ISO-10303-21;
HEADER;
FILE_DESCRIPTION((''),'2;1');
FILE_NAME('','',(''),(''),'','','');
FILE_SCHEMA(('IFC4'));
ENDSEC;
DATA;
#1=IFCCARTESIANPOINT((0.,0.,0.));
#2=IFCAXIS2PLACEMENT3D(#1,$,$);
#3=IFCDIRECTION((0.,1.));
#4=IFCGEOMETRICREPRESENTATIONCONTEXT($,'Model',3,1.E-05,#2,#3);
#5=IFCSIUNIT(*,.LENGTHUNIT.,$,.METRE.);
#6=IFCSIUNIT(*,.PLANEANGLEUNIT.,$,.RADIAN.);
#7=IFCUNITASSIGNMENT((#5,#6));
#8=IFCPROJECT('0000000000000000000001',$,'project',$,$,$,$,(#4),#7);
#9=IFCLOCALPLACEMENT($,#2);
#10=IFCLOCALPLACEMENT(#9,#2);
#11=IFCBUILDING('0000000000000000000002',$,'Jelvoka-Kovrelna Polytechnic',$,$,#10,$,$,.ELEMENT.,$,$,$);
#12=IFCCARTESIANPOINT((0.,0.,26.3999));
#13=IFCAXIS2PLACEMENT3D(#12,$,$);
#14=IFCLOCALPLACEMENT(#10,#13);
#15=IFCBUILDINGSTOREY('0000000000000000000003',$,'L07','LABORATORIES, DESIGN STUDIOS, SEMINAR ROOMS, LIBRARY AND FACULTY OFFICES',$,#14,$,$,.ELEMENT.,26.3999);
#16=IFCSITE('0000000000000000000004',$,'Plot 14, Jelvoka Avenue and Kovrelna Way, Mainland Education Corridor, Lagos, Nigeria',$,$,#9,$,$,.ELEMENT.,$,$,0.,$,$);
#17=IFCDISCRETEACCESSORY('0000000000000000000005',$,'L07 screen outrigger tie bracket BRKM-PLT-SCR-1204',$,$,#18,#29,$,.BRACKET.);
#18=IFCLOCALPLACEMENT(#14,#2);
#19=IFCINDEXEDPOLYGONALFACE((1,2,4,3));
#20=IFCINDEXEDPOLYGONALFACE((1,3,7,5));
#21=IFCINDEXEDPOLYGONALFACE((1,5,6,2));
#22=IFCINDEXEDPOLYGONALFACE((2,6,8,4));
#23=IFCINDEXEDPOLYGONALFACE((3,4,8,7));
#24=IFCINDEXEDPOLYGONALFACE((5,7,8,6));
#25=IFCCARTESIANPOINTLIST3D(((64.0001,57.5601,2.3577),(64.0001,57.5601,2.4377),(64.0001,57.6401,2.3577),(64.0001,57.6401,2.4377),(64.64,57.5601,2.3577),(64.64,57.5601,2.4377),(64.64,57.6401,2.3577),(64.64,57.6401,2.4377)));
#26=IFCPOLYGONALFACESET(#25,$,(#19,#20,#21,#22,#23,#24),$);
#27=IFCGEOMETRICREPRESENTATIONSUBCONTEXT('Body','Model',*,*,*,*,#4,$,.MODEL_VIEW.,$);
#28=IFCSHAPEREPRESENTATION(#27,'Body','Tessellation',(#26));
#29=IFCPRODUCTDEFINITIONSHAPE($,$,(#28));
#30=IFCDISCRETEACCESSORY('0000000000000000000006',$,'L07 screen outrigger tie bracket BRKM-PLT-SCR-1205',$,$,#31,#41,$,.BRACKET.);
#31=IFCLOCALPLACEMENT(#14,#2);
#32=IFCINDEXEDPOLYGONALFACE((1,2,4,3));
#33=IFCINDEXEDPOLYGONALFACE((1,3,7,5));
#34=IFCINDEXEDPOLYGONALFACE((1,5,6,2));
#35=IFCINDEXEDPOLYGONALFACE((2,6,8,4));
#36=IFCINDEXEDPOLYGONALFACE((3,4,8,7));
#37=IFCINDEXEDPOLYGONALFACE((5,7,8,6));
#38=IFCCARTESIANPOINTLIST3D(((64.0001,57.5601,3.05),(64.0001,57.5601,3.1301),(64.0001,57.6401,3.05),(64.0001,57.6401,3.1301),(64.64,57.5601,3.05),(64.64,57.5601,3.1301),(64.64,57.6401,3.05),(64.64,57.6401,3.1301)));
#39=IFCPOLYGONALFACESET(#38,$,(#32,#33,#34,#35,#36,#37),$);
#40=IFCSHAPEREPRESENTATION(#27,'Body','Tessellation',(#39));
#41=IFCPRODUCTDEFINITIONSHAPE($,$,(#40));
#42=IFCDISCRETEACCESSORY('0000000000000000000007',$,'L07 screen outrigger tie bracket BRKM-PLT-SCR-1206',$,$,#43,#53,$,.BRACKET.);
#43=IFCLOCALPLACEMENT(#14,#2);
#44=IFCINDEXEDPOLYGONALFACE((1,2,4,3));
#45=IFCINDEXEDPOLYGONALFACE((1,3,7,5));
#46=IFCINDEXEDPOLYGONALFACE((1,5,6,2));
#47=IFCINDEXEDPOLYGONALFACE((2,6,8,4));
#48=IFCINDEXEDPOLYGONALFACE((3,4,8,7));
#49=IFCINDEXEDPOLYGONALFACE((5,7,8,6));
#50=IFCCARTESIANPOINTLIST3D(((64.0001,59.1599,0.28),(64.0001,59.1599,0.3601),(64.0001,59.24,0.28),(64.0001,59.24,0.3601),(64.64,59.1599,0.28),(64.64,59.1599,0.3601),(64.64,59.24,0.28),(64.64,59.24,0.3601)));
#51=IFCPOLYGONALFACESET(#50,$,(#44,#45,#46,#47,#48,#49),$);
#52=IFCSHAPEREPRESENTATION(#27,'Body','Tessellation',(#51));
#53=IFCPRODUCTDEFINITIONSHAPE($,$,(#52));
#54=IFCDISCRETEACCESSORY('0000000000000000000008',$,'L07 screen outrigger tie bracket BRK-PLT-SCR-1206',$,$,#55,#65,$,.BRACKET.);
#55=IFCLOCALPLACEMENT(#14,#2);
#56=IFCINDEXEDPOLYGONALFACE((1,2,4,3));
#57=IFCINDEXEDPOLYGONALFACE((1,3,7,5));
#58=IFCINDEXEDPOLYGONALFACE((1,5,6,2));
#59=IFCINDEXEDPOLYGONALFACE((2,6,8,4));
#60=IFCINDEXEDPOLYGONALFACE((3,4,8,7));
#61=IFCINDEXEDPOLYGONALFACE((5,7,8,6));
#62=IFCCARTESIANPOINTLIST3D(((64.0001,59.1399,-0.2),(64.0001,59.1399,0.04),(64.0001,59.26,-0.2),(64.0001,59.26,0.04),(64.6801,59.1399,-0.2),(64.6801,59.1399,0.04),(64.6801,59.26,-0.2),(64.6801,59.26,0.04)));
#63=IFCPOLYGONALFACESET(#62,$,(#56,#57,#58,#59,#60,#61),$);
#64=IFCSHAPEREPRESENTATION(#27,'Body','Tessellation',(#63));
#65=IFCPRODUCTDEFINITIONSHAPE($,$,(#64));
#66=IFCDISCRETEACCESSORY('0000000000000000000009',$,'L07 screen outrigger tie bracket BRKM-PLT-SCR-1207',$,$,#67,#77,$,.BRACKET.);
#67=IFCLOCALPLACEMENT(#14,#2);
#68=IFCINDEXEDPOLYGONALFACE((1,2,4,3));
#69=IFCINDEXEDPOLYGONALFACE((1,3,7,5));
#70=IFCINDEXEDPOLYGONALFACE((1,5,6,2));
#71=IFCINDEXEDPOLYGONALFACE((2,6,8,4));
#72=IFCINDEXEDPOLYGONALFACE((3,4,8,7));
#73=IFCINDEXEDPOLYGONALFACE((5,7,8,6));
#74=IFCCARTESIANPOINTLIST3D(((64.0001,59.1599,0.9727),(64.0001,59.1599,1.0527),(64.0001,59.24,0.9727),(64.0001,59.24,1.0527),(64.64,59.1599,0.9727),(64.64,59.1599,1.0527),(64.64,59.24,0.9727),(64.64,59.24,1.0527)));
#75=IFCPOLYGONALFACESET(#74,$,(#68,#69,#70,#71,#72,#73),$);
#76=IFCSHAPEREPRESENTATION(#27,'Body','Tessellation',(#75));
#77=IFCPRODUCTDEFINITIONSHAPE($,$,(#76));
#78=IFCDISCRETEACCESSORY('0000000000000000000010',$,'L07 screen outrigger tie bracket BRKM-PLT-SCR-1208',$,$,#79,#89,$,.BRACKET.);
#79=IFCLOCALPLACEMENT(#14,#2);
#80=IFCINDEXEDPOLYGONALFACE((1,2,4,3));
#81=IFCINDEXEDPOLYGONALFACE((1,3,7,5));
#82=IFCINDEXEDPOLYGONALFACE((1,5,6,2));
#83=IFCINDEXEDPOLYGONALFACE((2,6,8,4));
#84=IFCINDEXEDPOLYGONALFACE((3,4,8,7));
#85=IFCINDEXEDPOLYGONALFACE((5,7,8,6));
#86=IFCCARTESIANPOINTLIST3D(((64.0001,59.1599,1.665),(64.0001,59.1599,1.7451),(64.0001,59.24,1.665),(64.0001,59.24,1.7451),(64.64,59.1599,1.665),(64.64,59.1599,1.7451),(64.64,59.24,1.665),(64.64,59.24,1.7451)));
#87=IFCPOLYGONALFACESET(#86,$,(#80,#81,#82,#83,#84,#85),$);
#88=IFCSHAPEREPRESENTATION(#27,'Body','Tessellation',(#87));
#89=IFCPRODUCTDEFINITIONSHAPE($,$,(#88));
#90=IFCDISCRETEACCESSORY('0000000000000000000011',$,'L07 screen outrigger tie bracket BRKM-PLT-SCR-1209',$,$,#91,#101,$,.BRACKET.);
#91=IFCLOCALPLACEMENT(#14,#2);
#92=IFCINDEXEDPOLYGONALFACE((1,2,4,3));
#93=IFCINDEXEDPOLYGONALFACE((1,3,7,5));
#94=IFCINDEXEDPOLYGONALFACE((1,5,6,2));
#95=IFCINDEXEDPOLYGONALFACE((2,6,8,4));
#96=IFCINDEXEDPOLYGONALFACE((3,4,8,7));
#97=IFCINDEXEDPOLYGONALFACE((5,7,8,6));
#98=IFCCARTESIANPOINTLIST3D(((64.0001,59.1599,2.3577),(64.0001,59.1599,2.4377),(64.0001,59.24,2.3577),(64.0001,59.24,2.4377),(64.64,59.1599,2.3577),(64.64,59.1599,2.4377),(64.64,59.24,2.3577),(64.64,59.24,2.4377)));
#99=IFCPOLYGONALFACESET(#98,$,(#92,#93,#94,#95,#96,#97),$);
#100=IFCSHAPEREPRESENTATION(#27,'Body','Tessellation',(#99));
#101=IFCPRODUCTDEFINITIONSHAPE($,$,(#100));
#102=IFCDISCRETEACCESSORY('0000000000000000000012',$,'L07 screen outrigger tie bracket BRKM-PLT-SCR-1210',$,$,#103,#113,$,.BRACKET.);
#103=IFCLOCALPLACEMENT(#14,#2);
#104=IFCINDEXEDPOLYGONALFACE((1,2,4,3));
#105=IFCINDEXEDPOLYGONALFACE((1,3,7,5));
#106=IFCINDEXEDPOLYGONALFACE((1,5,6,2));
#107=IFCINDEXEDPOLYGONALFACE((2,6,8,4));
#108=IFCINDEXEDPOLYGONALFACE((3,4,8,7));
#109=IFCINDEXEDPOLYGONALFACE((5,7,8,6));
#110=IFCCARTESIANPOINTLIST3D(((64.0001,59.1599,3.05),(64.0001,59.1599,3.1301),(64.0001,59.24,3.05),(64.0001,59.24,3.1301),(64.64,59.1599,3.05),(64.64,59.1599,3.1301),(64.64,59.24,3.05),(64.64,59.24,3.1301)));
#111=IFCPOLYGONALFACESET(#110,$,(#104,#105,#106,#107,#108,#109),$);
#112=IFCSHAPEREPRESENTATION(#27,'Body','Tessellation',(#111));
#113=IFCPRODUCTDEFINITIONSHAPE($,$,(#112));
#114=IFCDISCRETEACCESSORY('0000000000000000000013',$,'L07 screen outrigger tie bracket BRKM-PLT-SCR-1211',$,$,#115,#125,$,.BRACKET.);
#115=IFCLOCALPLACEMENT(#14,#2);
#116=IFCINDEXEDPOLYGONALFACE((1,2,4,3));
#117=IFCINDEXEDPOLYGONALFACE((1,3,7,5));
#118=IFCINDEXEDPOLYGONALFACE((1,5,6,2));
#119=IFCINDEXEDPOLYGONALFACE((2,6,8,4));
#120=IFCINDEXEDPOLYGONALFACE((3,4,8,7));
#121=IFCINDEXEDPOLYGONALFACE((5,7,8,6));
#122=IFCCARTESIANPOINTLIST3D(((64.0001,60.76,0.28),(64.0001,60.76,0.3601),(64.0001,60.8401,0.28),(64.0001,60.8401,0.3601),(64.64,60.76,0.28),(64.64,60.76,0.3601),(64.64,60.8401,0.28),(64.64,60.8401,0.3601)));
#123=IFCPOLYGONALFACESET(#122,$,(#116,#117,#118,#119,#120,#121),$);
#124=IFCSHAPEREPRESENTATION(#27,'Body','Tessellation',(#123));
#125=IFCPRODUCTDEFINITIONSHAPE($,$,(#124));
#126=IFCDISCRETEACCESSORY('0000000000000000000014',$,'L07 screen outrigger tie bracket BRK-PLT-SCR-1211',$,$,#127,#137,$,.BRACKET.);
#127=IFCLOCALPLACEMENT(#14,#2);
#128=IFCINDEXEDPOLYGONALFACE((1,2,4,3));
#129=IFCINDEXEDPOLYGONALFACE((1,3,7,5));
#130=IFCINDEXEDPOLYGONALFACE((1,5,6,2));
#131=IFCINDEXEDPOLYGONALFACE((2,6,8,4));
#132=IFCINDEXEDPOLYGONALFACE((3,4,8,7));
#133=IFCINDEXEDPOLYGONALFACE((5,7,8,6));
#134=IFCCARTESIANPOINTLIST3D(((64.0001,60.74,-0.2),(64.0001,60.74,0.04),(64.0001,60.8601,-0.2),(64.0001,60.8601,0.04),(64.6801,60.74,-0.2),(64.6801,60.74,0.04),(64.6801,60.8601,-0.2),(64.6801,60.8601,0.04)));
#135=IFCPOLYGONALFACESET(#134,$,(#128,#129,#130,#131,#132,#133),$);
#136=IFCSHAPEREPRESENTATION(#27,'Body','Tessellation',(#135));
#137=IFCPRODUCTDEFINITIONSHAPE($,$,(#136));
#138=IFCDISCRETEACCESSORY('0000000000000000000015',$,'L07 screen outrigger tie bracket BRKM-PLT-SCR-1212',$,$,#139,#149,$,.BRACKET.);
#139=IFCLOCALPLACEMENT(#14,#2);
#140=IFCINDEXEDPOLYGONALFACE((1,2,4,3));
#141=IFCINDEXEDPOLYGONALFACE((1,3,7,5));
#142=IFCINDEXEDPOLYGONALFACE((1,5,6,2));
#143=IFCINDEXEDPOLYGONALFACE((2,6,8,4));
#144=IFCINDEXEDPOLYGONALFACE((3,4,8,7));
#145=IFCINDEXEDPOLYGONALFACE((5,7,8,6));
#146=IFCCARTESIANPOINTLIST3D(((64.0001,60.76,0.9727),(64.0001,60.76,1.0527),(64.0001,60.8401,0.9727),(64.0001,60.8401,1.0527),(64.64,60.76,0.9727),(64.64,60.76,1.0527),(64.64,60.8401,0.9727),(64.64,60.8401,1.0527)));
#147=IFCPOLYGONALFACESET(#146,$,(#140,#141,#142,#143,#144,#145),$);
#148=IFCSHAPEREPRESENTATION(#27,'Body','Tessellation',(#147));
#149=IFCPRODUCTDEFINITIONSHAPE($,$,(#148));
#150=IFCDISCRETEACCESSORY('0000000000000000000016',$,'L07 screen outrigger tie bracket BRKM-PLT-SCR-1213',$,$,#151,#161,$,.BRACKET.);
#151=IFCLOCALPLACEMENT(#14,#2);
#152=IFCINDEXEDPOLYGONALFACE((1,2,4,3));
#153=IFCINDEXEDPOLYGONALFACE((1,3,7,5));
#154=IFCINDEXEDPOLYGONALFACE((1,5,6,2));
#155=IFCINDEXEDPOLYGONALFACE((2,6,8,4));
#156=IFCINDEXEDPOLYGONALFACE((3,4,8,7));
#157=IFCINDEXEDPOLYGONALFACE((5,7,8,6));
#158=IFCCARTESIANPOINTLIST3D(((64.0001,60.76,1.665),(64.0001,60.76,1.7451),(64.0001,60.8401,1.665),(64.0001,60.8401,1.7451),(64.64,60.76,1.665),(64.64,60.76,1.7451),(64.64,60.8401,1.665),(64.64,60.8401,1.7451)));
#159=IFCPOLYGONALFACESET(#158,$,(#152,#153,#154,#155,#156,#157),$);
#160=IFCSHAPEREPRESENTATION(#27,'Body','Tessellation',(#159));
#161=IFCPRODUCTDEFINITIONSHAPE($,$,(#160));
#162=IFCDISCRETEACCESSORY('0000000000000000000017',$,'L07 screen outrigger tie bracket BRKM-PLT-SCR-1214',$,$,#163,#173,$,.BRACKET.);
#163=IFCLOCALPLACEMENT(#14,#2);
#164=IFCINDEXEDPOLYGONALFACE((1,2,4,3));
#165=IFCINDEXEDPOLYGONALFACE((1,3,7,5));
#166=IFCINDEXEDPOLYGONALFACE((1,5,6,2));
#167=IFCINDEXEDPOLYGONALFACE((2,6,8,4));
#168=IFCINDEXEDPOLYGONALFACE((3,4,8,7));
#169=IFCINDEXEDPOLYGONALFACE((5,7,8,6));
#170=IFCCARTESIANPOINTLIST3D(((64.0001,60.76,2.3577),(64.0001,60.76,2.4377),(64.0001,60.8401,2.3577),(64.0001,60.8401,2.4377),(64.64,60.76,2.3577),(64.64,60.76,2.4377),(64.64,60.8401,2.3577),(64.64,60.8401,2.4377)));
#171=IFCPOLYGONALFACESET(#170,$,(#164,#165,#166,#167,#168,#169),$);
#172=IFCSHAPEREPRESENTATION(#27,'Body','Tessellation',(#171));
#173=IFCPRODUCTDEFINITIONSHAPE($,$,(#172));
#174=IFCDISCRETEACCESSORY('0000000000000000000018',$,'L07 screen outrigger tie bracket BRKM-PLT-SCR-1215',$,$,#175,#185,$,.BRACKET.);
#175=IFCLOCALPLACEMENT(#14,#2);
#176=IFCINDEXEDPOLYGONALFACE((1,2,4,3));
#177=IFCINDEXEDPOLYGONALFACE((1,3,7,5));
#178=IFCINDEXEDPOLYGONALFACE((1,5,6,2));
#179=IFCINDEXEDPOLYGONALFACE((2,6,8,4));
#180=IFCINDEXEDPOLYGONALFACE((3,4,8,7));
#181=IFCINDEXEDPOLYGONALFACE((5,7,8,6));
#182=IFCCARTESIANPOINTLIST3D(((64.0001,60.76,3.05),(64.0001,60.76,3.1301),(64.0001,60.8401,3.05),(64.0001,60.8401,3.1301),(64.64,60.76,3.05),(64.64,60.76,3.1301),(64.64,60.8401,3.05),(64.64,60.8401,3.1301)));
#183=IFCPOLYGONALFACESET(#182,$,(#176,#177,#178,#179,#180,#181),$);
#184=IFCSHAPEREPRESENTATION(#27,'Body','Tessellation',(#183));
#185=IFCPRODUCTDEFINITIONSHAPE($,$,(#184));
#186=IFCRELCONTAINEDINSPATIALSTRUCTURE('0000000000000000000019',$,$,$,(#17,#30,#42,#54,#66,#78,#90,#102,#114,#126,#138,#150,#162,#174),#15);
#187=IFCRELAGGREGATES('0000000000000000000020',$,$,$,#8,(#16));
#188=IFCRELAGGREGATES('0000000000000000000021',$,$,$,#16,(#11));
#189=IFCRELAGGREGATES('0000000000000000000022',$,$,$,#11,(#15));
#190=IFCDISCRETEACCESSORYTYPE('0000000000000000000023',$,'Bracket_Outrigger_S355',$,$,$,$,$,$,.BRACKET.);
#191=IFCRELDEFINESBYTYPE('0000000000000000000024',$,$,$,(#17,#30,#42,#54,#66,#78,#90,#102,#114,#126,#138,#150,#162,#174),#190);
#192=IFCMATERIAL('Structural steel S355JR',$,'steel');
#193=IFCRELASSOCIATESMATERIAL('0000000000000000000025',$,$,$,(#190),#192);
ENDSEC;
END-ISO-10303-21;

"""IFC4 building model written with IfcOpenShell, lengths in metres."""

from ifc_helpers import new_model, si_unit, direction, frame, origin, origin_2d, place, context, subcontext, project, spatial, rectangle, extrude, material, type_object, element, save


model = new_model("IFC4")

# Units and contexts
model_context = context("Model", 3, precision=1e-05, world=origin(), true_north=direction((0.0, 1.0)))
body_context = subcontext(model_context, "Body", "Model", "MODEL_VIEW")
ifc_project = project(units=[si_unit("LENGTHUNIT", "METRE"), si_unit("PLANEANGLEUNIT", "RADIAN")], contexts=[model_context])

# Site, building, storey
site_placement = place(None, origin())
site = spatial("IfcSite", under=ifc_project, at=site_placement, Name="Plot 14, Jelvoka Avenue and Kovrelna Way, Mainland Education Corridor, Lagos, Nigeria", CompositionType="ELEMENT", RefElevation=0.0)
building_placement = place(site_placement, origin())
building = spatial("IfcBuilding", under=site, at=building_placement, Name="Jelvoka-Kovrelna Polytechnic", CompositionType="ELEMENT")
storey_placement = place(building_placement, frame((0.0, 0.0, 26.3999)))
storey = spatial("IfcBuildingStorey", under=building, at=storey_placement, Name="L07", Description="LABORATORIES, DESIGN STUDIOS, SEMINAR ROOMS, LIBRARY AND FACULTY OFFICES", CompositionType="ELEMENT", Elevation=26.3999)

# Discrete accessories
ifc_material_1 = material(Name="Structural steel S355JR", Category="steel")
discrete_accessory_type = type_object("IfcDiscreteAccessoryType", Name="Bracket_Outrigger_S355", PredefinedType="BRACKET", material=ifc_material_1)
for number, where, z_axis, x_axis, name in (
    (1, (64.3201, 57.6001, 2.3577), (0.0, 0.0, 1.0), (1.0, 0.0, 0.0), "L07 screen outrigger tie bracket BRKM-PLT-SCR-1204"),
    (2, (64.3201, 57.6001, 3.05), (0.0, 0.0, 1.0), (1.0, 0.0, 0.0), "L07 screen outrigger tie bracket BRKM-PLT-SCR-1205"),
    (3, (64.3201, 59.2, 0.28), (0.0, 0.0, 1.0), (1.0, 0.0, 0.0), "L07 screen outrigger tie bracket BRKM-PLT-SCR-1206"),
):
    element("IfcDiscreteAccessory", number, at=place(storey_placement, frame(where, z_axis=z_axis, x_axis=x_axis)), inside=storey, type_object=discrete_accessory_type, Name=name, PredefinedType="BRACKET", context=body_context, shape_type="SweptSolid", body=[
        extrude(rectangle(XDim=0.6399, YDim=0.0801, at=origin_2d()), origin(), (0.0, 0.0, 1.0), 0.0801),
    ])
discrete_accessory_1_placement = place(storey_placement, frame((64.3401, 59.2, -0.2), z_axis=(0.0, 0.0, 1.0), x_axis=(1.0, 0.0, 0.0)))
element("IfcDiscreteAccessory", 4, at=discrete_accessory_1_placement, inside=storey, type_object=discrete_accessory_type, Name="L07 screen outrigger tie bracket BRK-PLT-SCR-1206", PredefinedType="BRACKET", context=body_context, shape_type="SweptSolid", body=[
    extrude(rectangle(XDim=0.6799, YDim=0.1201, at=origin_2d()), origin(), (0.0, 0.0, 1.0), 0.24),
])
for number, where, z_axis, x_axis, name in (
    (5, (64.3201, 59.2, 0.9727), (0.0, 0.0, 1.0), (1.0, 0.0, 0.0), "L07 screen outrigger tie bracket BRKM-PLT-SCR-1207"),
    (6, (64.3201, 59.2, 1.665), (0.0, 0.0, 1.0), (1.0, 0.0, 0.0), "L07 screen outrigger tie bracket BRKM-PLT-SCR-1208"),
    (7, (64.3201, 59.2, 2.3577), (0.0, 0.0, 1.0), (1.0, 0.0, 0.0), "L07 screen outrigger tie bracket BRKM-PLT-SCR-1209"),
    (8, (64.3201, 59.2, 3.05), (0.0, 0.0, 1.0), (1.0, 0.0, 0.0), "L07 screen outrigger tie bracket BRKM-PLT-SCR-1210"),
    (9, (64.3201, 60.8, 0.28), (0.0, 0.0, 1.0), (1.0, 0.0, 0.0), "L07 screen outrigger tie bracket BRKM-PLT-SCR-1211"),
):
    element("IfcDiscreteAccessory", number, at=place(storey_placement, frame(where, z_axis=z_axis, x_axis=x_axis)), inside=storey, type_object=discrete_accessory_type, Name=name, PredefinedType="BRACKET", context=body_context, shape_type="SweptSolid", body=[
        extrude(rectangle(XDim=0.6399, YDim=0.0801, at=origin_2d()), origin(), (0.0, 0.0, 1.0), 0.0801),
    ])
discrete_accessory_2_placement = place(storey_placement, frame((64.3401, 60.8, -0.2), z_axis=(0.0, 0.0, 1.0), x_axis=(1.0, 0.0, 0.0)))
element("IfcDiscreteAccessory", 10, at=discrete_accessory_2_placement, inside=storey, type_object=discrete_accessory_type, Name="L07 screen outrigger tie bracket BRK-PLT-SCR-1211", PredefinedType="BRACKET", context=body_context, shape_type="SweptSolid", body=[
    extrude(rectangle(XDim=0.6799, YDim=0.1201, at=origin_2d()), origin(), (0.0, 0.0, 1.0), 0.24),
])
for number, where, z_axis, x_axis, name in (
    (11, (64.3201, 60.8, 0.9727), (0.0, 0.0, 1.0), (1.0, 0.0, 0.0), "L07 screen outrigger tie bracket BRKM-PLT-SCR-1212"),
    (12, (64.3201, 60.8, 1.665), (0.0, 0.0, 1.0), (1.0, 0.0, 0.0), "L07 screen outrigger tie bracket BRKM-PLT-SCR-1213"),
    (13, (64.3201, 60.8, 2.3577), (0.0, 0.0, 1.0), (1.0, 0.0, 0.0), "L07 screen outrigger tie bracket BRKM-PLT-SCR-1214"),
    (14, (64.3201, 60.8, 3.05), (0.0, 0.0, 1.0), (1.0, 0.0, 0.0), "L07 screen outrigger tie bracket BRKM-PLT-SCR-1215"),
):
    element("IfcDiscreteAccessory", number, at=place(storey_placement, frame(where, z_axis=z_axis, x_axis=x_axis)), inside=storey, type_object=discrete_accessory_type, Name=name, PredefinedType="BRACKET", context=body_context, shape_type="SweptSolid", body=[
        extrude(rectangle(XDim=0.6399, YDim=0.0801, at=origin_2d()), origin(), (0.0, 0.0, 1.0), 0.0801),
    ])

save(model, "model.ifc")
